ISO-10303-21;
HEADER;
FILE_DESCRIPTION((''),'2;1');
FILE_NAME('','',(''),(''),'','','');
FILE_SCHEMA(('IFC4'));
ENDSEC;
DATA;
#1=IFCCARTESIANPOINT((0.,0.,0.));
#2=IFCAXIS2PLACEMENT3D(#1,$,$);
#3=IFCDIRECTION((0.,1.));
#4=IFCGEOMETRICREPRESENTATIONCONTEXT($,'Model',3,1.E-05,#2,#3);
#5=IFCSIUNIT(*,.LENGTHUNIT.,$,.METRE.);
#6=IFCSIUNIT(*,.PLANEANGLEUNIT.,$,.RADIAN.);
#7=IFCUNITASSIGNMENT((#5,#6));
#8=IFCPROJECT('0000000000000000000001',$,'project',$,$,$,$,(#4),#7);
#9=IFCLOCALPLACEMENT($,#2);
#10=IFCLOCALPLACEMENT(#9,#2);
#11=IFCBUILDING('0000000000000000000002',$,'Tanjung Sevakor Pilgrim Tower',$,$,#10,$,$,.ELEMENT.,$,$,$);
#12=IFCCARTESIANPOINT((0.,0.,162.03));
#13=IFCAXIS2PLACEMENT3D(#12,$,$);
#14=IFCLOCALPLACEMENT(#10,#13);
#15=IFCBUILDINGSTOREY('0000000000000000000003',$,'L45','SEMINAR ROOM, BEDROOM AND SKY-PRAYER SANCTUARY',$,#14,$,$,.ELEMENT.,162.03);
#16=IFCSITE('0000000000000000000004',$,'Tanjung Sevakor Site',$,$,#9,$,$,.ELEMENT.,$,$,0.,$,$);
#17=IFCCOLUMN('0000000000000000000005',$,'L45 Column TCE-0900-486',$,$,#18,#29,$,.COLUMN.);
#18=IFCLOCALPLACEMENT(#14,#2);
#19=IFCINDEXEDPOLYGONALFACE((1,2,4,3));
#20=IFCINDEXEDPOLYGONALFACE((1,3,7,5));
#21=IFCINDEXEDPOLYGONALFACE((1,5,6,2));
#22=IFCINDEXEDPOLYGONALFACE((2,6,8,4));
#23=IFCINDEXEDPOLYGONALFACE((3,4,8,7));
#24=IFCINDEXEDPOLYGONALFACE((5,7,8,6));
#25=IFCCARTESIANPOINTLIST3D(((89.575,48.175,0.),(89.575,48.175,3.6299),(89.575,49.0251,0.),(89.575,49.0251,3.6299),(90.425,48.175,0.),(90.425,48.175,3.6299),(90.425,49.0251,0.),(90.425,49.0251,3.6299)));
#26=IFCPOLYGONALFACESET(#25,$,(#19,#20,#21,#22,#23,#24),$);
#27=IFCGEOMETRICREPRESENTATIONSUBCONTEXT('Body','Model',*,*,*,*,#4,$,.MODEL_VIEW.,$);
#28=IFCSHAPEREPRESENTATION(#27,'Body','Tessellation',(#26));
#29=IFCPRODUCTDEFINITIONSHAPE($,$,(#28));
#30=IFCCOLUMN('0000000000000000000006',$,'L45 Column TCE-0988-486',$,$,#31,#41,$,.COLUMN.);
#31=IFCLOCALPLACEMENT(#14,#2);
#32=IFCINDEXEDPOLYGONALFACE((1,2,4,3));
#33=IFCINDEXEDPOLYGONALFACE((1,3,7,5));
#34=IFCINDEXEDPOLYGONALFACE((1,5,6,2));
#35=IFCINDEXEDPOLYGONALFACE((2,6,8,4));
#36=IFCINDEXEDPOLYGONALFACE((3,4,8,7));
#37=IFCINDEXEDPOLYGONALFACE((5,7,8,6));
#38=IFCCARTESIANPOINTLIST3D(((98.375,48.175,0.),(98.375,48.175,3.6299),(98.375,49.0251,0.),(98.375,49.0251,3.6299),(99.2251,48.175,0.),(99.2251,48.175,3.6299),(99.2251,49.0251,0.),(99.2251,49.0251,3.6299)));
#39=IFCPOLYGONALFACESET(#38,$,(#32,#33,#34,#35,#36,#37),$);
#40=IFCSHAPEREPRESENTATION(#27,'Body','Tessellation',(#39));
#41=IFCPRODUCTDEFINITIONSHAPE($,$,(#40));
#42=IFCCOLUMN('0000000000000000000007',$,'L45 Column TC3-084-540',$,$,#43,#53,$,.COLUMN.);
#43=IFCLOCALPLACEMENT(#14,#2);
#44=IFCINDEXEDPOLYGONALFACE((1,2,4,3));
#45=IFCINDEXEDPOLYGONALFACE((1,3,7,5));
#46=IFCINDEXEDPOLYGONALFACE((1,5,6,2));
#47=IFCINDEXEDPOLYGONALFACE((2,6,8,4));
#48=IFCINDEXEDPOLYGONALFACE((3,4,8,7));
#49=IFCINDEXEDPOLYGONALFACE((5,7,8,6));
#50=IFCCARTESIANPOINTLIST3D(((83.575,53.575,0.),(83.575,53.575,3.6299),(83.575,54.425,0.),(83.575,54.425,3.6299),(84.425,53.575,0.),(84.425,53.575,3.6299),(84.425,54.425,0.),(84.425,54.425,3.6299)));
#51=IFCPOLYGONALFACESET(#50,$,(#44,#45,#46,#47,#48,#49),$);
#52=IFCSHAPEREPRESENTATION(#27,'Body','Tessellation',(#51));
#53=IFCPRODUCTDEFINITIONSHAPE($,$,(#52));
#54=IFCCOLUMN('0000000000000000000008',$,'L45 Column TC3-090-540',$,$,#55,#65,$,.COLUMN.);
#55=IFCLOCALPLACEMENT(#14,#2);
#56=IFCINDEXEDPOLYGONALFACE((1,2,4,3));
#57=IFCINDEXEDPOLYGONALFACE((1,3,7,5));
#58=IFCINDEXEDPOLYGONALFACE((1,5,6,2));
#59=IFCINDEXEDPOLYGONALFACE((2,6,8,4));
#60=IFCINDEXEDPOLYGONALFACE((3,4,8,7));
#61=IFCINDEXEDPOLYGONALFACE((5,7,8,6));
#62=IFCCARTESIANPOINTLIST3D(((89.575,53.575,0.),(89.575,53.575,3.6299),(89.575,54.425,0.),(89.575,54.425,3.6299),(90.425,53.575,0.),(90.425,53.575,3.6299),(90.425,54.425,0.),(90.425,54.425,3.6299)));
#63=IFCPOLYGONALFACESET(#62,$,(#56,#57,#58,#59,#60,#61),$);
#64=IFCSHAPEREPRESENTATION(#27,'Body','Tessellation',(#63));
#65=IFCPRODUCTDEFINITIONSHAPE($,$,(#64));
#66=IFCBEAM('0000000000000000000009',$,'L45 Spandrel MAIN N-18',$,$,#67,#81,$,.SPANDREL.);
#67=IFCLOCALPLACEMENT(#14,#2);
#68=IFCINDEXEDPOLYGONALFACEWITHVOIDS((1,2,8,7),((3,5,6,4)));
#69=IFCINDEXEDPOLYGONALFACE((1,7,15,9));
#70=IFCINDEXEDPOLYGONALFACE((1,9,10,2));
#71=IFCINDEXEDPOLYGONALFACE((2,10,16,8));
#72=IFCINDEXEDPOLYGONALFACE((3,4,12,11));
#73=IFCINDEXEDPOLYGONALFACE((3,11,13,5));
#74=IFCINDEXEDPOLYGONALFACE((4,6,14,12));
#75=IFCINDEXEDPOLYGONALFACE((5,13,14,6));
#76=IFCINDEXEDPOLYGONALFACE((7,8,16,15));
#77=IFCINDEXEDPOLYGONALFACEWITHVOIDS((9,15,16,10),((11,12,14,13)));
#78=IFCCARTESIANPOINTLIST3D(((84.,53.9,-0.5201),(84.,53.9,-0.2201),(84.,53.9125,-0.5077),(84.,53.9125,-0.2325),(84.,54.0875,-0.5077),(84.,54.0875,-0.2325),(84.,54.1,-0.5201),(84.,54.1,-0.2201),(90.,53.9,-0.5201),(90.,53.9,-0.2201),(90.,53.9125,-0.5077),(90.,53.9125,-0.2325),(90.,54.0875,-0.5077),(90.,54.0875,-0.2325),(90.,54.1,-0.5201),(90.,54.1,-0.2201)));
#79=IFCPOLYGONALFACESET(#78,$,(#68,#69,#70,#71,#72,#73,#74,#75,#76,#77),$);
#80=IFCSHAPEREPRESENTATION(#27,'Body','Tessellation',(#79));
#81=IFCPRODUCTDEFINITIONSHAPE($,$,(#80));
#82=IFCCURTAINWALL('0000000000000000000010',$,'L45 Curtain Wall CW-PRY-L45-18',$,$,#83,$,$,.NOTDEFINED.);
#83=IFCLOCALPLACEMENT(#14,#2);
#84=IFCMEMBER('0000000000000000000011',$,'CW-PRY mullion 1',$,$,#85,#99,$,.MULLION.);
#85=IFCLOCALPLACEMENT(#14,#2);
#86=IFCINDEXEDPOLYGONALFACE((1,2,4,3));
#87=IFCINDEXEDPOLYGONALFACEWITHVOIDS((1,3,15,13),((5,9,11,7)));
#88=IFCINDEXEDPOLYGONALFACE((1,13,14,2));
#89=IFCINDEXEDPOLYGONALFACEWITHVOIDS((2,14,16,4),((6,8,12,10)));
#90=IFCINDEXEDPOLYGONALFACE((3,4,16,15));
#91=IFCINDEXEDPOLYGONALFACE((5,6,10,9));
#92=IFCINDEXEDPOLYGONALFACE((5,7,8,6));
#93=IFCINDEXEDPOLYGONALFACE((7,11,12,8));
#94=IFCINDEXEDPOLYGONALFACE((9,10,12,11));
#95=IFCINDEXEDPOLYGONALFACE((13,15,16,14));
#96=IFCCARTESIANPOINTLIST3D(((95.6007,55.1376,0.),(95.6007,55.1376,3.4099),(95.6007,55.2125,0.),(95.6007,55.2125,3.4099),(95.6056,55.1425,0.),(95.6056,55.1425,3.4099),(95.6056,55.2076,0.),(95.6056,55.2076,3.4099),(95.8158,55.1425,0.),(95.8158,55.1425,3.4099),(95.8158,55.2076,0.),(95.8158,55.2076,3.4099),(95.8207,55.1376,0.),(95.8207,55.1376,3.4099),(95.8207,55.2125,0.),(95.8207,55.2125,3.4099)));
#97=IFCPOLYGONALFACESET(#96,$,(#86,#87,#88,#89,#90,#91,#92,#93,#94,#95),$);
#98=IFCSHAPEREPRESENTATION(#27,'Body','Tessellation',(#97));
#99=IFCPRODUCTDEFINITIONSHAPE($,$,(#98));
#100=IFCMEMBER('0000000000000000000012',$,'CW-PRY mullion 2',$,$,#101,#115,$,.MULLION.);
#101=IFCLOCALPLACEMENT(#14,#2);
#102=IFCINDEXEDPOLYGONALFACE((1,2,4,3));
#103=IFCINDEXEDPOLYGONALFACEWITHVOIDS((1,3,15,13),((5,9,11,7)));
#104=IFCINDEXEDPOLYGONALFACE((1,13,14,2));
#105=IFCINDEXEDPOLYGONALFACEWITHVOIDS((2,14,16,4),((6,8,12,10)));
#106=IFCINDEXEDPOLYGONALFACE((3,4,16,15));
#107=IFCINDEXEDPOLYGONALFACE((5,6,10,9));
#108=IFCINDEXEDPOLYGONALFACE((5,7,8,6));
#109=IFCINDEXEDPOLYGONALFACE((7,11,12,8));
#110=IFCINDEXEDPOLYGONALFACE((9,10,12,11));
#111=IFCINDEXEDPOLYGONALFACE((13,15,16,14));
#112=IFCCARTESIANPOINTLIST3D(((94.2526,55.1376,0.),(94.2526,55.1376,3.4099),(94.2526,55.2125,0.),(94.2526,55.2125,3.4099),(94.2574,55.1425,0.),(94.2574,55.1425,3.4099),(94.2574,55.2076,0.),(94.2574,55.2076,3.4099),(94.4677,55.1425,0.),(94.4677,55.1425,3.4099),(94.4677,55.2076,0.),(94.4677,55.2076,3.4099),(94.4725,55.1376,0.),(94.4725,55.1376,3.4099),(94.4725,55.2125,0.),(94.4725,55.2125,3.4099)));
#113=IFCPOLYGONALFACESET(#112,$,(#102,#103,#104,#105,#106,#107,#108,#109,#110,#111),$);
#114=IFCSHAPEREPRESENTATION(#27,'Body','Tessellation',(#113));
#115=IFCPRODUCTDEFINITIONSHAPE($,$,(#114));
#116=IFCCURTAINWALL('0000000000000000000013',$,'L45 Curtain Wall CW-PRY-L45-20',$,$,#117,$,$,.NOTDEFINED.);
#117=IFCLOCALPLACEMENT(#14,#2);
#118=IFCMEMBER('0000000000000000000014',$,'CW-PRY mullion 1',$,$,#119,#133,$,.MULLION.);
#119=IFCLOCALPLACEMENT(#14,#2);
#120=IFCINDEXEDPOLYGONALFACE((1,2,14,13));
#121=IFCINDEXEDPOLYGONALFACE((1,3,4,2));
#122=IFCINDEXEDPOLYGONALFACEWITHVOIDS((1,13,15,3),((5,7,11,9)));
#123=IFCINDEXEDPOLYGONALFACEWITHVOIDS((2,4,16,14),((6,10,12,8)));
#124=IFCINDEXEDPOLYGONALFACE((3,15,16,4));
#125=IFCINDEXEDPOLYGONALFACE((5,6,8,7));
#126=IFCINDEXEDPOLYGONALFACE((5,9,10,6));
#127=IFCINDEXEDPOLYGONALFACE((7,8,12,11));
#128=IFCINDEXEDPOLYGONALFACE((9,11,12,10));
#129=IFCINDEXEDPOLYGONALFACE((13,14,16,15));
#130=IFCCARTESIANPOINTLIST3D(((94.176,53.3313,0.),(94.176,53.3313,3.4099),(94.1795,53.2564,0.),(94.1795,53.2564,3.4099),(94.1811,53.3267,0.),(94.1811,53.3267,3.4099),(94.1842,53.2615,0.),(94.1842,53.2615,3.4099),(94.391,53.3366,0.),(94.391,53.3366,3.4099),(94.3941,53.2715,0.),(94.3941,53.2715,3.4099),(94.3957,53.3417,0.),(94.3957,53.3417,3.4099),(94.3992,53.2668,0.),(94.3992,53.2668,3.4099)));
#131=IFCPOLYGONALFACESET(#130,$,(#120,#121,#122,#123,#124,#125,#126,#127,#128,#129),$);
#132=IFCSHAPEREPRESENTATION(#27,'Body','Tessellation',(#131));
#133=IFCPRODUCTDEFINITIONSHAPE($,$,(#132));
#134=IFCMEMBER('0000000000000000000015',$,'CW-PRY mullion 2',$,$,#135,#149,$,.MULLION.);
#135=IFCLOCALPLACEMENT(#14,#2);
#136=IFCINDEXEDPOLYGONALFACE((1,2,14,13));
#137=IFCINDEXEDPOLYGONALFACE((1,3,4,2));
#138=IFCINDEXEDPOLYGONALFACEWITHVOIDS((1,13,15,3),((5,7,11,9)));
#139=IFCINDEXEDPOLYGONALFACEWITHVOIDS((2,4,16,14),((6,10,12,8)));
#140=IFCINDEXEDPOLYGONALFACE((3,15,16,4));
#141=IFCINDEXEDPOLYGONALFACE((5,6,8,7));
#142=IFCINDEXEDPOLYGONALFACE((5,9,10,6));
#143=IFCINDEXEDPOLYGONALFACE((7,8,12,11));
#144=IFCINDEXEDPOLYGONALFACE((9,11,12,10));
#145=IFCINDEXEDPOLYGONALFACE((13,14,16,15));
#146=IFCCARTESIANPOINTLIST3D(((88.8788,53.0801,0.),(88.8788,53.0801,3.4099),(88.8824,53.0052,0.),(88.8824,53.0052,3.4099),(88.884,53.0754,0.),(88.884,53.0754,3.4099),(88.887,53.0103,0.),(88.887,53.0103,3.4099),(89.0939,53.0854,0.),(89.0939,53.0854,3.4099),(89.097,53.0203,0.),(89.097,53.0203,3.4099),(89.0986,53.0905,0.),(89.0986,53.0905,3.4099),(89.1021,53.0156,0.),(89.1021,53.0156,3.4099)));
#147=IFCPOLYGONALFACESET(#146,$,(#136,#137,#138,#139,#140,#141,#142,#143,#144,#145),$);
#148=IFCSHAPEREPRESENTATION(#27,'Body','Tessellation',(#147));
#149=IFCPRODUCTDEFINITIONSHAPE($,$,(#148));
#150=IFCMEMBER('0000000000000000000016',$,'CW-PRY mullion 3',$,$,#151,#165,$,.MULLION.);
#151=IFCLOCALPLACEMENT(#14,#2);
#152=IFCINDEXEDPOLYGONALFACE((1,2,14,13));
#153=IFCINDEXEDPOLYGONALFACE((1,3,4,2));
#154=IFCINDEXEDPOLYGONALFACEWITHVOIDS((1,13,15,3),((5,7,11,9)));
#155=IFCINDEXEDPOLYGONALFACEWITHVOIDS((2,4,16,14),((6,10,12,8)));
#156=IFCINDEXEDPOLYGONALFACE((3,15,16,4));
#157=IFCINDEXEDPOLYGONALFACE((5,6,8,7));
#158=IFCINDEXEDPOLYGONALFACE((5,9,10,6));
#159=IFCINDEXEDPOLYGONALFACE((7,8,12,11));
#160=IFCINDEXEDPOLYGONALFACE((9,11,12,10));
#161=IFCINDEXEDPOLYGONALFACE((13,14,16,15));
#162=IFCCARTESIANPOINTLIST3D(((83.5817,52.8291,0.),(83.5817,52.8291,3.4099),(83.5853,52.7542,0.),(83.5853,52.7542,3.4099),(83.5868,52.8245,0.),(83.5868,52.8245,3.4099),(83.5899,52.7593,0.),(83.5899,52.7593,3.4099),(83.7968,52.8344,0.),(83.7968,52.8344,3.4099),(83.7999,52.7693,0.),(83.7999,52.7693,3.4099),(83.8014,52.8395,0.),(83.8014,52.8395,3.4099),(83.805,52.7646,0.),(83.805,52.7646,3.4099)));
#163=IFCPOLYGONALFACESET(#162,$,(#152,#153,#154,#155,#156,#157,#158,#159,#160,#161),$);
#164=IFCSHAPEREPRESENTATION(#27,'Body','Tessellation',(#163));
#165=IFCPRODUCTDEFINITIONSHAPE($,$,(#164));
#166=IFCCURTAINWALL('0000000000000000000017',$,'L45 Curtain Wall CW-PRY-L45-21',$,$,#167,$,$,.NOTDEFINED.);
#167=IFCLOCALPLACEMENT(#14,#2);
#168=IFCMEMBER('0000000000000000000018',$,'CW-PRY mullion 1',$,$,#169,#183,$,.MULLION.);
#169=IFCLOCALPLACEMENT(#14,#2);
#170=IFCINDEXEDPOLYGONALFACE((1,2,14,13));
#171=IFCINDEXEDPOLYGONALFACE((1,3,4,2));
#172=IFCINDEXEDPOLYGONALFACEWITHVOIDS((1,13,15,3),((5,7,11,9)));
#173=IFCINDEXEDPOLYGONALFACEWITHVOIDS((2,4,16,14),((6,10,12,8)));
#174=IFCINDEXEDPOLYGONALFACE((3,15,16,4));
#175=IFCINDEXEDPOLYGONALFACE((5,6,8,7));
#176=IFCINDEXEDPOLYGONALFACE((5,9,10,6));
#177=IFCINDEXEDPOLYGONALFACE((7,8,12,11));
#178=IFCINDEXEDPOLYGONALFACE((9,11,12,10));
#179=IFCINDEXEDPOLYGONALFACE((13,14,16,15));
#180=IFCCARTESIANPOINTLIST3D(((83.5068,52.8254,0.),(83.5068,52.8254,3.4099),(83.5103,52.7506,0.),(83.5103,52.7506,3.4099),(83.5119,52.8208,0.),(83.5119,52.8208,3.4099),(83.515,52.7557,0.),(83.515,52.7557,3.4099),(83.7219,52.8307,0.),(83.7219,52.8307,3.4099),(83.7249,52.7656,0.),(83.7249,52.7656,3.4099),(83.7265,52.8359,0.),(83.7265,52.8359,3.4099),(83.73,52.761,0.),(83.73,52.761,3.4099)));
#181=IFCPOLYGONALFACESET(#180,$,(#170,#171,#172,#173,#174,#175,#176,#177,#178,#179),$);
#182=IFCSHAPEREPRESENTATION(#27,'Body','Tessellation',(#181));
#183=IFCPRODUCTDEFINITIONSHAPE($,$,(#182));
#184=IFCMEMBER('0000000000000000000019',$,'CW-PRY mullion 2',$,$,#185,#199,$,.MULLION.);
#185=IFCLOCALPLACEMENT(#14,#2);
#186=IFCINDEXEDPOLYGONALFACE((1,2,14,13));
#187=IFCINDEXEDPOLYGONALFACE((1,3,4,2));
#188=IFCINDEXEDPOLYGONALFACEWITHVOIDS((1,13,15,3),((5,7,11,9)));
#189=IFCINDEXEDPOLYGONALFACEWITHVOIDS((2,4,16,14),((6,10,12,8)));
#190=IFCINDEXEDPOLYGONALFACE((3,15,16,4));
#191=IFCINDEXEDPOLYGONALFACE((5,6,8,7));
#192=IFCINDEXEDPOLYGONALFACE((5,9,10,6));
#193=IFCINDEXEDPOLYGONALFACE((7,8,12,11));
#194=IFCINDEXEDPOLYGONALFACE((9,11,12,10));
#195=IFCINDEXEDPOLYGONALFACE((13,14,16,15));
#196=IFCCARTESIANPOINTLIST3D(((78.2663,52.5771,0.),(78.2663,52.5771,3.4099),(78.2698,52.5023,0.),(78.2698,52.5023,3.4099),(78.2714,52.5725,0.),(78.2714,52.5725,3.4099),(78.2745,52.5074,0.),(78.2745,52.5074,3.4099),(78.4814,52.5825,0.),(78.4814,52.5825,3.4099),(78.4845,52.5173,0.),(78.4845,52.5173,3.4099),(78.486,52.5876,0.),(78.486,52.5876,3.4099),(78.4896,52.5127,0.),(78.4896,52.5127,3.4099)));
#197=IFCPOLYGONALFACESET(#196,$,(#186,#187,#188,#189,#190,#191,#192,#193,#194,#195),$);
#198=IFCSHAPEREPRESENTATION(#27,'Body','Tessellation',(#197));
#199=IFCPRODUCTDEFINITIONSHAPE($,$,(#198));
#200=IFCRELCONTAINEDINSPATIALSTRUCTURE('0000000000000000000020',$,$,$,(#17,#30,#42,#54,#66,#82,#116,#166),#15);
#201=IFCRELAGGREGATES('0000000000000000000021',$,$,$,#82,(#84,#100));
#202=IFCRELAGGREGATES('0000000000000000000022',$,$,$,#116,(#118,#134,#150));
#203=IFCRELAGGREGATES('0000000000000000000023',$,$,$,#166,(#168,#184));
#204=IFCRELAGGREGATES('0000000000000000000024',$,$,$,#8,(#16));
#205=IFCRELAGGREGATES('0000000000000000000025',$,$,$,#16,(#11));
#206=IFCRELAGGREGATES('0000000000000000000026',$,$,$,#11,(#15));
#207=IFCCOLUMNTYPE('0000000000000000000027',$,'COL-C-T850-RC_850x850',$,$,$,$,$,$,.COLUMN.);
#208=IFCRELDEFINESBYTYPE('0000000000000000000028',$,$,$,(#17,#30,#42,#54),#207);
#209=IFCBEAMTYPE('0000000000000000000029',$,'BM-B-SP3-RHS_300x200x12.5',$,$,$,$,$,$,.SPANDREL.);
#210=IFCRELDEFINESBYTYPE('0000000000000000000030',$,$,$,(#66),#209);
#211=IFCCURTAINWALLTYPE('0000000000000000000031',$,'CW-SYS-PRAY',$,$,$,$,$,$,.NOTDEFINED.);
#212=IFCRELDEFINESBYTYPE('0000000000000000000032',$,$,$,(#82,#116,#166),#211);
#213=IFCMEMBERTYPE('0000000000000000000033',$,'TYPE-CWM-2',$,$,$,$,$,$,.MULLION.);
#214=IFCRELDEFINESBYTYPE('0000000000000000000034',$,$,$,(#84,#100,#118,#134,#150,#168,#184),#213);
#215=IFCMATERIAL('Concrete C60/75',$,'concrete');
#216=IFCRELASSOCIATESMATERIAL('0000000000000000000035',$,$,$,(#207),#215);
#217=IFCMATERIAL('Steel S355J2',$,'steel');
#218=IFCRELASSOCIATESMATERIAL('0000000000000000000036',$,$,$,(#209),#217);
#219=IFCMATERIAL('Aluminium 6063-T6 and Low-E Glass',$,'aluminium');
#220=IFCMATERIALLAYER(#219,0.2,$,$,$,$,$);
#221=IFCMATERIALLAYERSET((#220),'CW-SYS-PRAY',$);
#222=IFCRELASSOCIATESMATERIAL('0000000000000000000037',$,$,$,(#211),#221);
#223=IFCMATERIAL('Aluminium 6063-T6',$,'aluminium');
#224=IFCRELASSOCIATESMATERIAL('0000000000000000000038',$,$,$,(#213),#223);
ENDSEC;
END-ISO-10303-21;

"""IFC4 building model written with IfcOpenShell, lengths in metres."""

from ifc_helpers import new_model, si_unit, direction, frame, origin, origin_2d, place, context, subcontext, project, spatial, rectangle, hollow_rectangle, extrude, material, layer, layer_set, material_profile, profile_set, type_object, element, aggregate, save


model = new_model("IFC4")

# Units and contexts
model_context = context("Model", 3, precision=1e-05, world=origin(), true_north=direction((0.0, 1.0)))
body_context = subcontext(model_context, "Body", "Model", "MODEL_VIEW")
ifc_project = project(units=[si_unit("LENGTHUNIT", "METRE"), si_unit("PLANEANGLEUNIT", "RADIAN")], contexts=[model_context])

# Site, building, storey
site_placement = place(None, origin())
site = spatial("IfcSite", under=ifc_project, at=site_placement, Name="Tanjung Sevakor Site", CompositionType="ELEMENT", RefElevation=0.0)
building_placement = place(site_placement, origin())
building = spatial("IfcBuilding", under=site, at=building_placement, Name="Tanjung Sevakor Pilgrim Tower", CompositionType="ELEMENT")
storey_placement = place(building_placement, frame((0.0, 0.0, 162.03)))
storey = spatial("IfcBuildingStorey", under=building, at=storey_placement, Name="L45", Description="SEMINAR ROOM, BEDROOM AND SKY-PRAYER SANCTUARY", CompositionType="ELEMENT", Elevation=162.03)

# Columns
ifc_material_1 = material(Name="Concrete C60/75", Category="concrete")
ifc_material_profile_1 = material_profile(ifc_material_1, rectangle(XDim=0.8501, YDim=0.8501, at=origin_2d()))
ifc_profile_set_1 = profile_set([ifc_material_profile_1], Name="Concrete C60/75")
column_type = type_object("IfcColumnType", Name="COL-C-T850-RC_850x850", PredefinedType="COLUMN", material=ifc_profile_set_1)
for number, where, z_axis, x_axis, name in (
    (1, (90.0, 48.6001, 0.0), (0.0, 0.0, 1.0), (1.0, 0.0, 0.0), "L45 Column TCE-0900-486"),
    (2, (98.8, 48.6001, 0.0), (0.0, 0.0, 1.0), (1.0, 0.0, 0.0), "L45 Column TCE-0988-486"),
    (3, (84.0, 54.0, 0.0), (0.0, 0.0, 1.0), (1.0, 0.0, 0.0), "L45 Column TC3-084-540"),
    (4, (90.0, 54.0, 0.0), (0.0, 0.0, 1.0), (1.0, 0.0, 0.0), "L45 Column TC3-090-540"),
):
    element("IfcColumn", number, at=place(storey_placement, frame(where, z_axis=z_axis, x_axis=x_axis)), inside=storey, type_object=column_type, Name=name, PredefinedType="COLUMN", context=body_context, shape_type="SweptSolid", body=[
        extrude(rectangle(XDim=0.8501, YDim=0.8501, at=origin_2d()), origin(), (0.0, 0.0, 1.0), 3.6299),
    ])

# Beam
ifc_material_2 = material(Name="Steel S355J2", Category="steel")
ifc_material_profile_2 = material_profile(ifc_material_2, hollow_rectangle(XDim=0.2, YDim=0.3, WallThickness=0.0125, at=origin_2d()))
ifc_profile_set_2 = profile_set([ifc_material_profile_2], Name="Steel S355J2")
beam_type = type_object("IfcBeamType", Name="BM-B-SP3-RHS_300x200x12.5", PredefinedType="SPANDREL", material=ifc_profile_set_2)
beam_placement = place(storey_placement, frame((84.0, 54.0, -0.3701), z_axis=(1.0, 0.0, 0.0), x_axis=(0.0, 1.0, 0.0)))
element("IfcBeam", 5, at=beam_placement, inside=storey, type_object=beam_type, Name="L45 Spandrel MAIN N-18", PredefinedType="SPANDREL", context=body_context, shape_type="SweptSolid", body=[
    extrude(hollow_rectangle(XDim=0.2, YDim=0.3, WallThickness=0.0125, at=origin_2d()), origin(), (0.0, 0.0, 1.0), 6.0),
])

# Curtain walls, members
ifc_material_3 = material(Name="Aluminium 6063-T6 and Low-E Glass", Category="aluminium")
ifc_layer_1 = layer(ifc_material_3, 0.2)
ifc_layer_set_1 = layer_set([ifc_layer_1], Name="CW-SYS-PRAY")
curtain_wall_type = type_object("IfcCurtainWallType", Name="CW-SYS-PRAY", PredefinedType="NOTDEFINED", material=ifc_layer_set_1)
curtain_wall_1_placement = place(storey_placement, origin())
curtain_wall_1 = element("IfcCurtainWall", 6, at=curtain_wall_1_placement, inside=storey, type_object=curtain_wall_type, Name="L45 Curtain Wall CW-PRY-L45-18", PredefinedType="NOTDEFINED")
ifc_material_4 = material(Name="Aluminium 6063-T6", Category="aluminium")
ifc_material_profile_3 = material_profile(ifc_material_4, hollow_rectangle(XDim=0.075, YDim=0.22, WallThickness=0.0049, at=origin_2d()))
ifc_profile_set_3 = profile_set([ifc_material_profile_3], Name="Aluminium 6063-T6")
member_type_1 = type_object("IfcMemberType", Name="TYPE-CWM-2", PredefinedType="MULLION", material=ifc_profile_set_3)
member_1_placement = place(storey_placement, frame((95.7107, 55.175, 0.0), z_axis=(0.0, 0.0, 1.0), x_axis=(0.0, -1.0, 0.0)))
member_1 = element("IfcMember", 7, at=member_1_placement, type_object=member_type_1, Name="CW-PRY mullion 1", PredefinedType="MULLION", context=body_context, shape_type="SweptSolid", body=[
    extrude(hollow_rectangle(XDim=0.075, YDim=0.22, WallThickness=0.0049, at=origin_2d()), origin(), (0.0, 0.0, 1.0), 3.4099),
])
member_2_placement = place(storey_placement, frame((94.3625, 55.175, 0.0), z_axis=(0.0, 0.0, 1.0), x_axis=(0.0, -1.0, 0.0)))
member_2 = element("IfcMember", 8, at=member_2_placement, type_object=member_type_1, Name="CW-PRY mullion 2", PredefinedType="MULLION", context=body_context, shape_type="SweptSolid", body=[
    extrude(hollow_rectangle(XDim=0.075, YDim=0.22, WallThickness=0.0049, at=origin_2d()), origin(), (0.0, 0.0, 1.0), 3.4099),
])
curtain_wall_2_placement = place(storey_placement, origin())
curtain_wall_2 = element("IfcCurtainWall", 9, at=curtain_wall_2_placement, inside=storey, type_object=curtain_wall_type, Name="L45 Curtain Wall CW-PRY-L45-20", PredefinedType="NOTDEFINED")
member_3_placement = place(storey_placement, frame((94.2876, 53.2991, 0.0), z_axis=(0.0, 0.0, 1.0), x_axis=(0.047345, -0.998879, 0.0)))
member_3 = element("IfcMember", 10, at=member_3_placement, type_object=member_type_1, Name="CW-PRY mullion 1", PredefinedType="MULLION", context=body_context, shape_type="SweptSolid", body=[
    extrude(hollow_rectangle(XDim=0.075, YDim=0.22, WallThickness=0.0049, at=origin_2d()), origin(), (0.0, 0.0, 1.0), 3.4099),
])
member_4_placement = place(storey_placement, frame((88.9905, 53.0479, 0.0), z_axis=(0.0, 0.0, 1.0), x_axis=(0.047345, -0.998879, 0.0)))
member_4 = element("IfcMember", 11, at=member_4_placement, type_object=member_type_1, Name="CW-PRY mullion 2", PredefinedType="MULLION", context=body_context, shape_type="SweptSolid", body=[
    extrude(hollow_rectangle(XDim=0.075, YDim=0.22, WallThickness=0.0049, at=origin_2d()), origin(), (0.0, 0.0, 1.0), 3.4099),
])
member_5_placement = place(storey_placement, frame((83.6934, 52.7969, 0.0), z_axis=(0.0, 0.0, 1.0), x_axis=(0.047345, -0.998879, 0.0)))
member_5 = element("IfcMember", 12, at=member_5_placement, type_object=member_type_1, Name="CW-PRY mullion 3", PredefinedType="MULLION", context=body_context, shape_type="SweptSolid", body=[
    extrude(hollow_rectangle(XDim=0.075, YDim=0.22, WallThickness=0.0049, at=origin_2d()), origin(), (0.0, 0.0, 1.0), 3.4099),
])
curtain_wall_3_placement = place(storey_placement, origin())
curtain_wall_3 = element("IfcCurtainWall", 13, at=curtain_wall_3_placement, inside=storey, type_object=curtain_wall_type, Name="L45 Curtain Wall CW-PRY-L45-21", PredefinedType="NOTDEFINED")
member_6_placement = place(storey_placement, frame((83.6184, 52.7932, 0.0), z_axis=(0.0, 0.0, 1.0), x_axis=(0.047333, -0.998879, 0.0)))
member_6 = element("IfcMember", 14, at=member_6_placement, type_object=member_type_1, Name="CW-PRY mullion 1", PredefinedType="MULLION", context=body_context, shape_type="SweptSolid", body=[
    extrude(hollow_rectangle(XDim=0.075, YDim=0.22, WallThickness=0.0049, at=origin_2d()), origin(), (0.0, 0.0, 1.0), 3.4099),
])
member_7_placement = place(storey_placement, frame((78.3779, 52.5449, 0.0), z_axis=(0.0, 0.0, 1.0), x_axis=(0.047333, -0.998879, 0.0)))
member_7 = element("IfcMember", 15, at=member_7_placement, type_object=member_type_1, Name="CW-PRY mullion 2", PredefinedType="MULLION", context=body_context, shape_type="SweptSolid", body=[
    extrude(hollow_rectangle(XDim=0.075, YDim=0.22, WallThickness=0.0049, at=origin_2d()), origin(), (0.0, 0.0, 1.0), 3.4099),
])

aggregate(curtain_wall_1, [member_1, member_2])
aggregate(curtain_wall_2, [member_3, member_4, member_5])
aggregate(curtain_wall_3, [member_6, member_7])

save(model, "model.ifc")
